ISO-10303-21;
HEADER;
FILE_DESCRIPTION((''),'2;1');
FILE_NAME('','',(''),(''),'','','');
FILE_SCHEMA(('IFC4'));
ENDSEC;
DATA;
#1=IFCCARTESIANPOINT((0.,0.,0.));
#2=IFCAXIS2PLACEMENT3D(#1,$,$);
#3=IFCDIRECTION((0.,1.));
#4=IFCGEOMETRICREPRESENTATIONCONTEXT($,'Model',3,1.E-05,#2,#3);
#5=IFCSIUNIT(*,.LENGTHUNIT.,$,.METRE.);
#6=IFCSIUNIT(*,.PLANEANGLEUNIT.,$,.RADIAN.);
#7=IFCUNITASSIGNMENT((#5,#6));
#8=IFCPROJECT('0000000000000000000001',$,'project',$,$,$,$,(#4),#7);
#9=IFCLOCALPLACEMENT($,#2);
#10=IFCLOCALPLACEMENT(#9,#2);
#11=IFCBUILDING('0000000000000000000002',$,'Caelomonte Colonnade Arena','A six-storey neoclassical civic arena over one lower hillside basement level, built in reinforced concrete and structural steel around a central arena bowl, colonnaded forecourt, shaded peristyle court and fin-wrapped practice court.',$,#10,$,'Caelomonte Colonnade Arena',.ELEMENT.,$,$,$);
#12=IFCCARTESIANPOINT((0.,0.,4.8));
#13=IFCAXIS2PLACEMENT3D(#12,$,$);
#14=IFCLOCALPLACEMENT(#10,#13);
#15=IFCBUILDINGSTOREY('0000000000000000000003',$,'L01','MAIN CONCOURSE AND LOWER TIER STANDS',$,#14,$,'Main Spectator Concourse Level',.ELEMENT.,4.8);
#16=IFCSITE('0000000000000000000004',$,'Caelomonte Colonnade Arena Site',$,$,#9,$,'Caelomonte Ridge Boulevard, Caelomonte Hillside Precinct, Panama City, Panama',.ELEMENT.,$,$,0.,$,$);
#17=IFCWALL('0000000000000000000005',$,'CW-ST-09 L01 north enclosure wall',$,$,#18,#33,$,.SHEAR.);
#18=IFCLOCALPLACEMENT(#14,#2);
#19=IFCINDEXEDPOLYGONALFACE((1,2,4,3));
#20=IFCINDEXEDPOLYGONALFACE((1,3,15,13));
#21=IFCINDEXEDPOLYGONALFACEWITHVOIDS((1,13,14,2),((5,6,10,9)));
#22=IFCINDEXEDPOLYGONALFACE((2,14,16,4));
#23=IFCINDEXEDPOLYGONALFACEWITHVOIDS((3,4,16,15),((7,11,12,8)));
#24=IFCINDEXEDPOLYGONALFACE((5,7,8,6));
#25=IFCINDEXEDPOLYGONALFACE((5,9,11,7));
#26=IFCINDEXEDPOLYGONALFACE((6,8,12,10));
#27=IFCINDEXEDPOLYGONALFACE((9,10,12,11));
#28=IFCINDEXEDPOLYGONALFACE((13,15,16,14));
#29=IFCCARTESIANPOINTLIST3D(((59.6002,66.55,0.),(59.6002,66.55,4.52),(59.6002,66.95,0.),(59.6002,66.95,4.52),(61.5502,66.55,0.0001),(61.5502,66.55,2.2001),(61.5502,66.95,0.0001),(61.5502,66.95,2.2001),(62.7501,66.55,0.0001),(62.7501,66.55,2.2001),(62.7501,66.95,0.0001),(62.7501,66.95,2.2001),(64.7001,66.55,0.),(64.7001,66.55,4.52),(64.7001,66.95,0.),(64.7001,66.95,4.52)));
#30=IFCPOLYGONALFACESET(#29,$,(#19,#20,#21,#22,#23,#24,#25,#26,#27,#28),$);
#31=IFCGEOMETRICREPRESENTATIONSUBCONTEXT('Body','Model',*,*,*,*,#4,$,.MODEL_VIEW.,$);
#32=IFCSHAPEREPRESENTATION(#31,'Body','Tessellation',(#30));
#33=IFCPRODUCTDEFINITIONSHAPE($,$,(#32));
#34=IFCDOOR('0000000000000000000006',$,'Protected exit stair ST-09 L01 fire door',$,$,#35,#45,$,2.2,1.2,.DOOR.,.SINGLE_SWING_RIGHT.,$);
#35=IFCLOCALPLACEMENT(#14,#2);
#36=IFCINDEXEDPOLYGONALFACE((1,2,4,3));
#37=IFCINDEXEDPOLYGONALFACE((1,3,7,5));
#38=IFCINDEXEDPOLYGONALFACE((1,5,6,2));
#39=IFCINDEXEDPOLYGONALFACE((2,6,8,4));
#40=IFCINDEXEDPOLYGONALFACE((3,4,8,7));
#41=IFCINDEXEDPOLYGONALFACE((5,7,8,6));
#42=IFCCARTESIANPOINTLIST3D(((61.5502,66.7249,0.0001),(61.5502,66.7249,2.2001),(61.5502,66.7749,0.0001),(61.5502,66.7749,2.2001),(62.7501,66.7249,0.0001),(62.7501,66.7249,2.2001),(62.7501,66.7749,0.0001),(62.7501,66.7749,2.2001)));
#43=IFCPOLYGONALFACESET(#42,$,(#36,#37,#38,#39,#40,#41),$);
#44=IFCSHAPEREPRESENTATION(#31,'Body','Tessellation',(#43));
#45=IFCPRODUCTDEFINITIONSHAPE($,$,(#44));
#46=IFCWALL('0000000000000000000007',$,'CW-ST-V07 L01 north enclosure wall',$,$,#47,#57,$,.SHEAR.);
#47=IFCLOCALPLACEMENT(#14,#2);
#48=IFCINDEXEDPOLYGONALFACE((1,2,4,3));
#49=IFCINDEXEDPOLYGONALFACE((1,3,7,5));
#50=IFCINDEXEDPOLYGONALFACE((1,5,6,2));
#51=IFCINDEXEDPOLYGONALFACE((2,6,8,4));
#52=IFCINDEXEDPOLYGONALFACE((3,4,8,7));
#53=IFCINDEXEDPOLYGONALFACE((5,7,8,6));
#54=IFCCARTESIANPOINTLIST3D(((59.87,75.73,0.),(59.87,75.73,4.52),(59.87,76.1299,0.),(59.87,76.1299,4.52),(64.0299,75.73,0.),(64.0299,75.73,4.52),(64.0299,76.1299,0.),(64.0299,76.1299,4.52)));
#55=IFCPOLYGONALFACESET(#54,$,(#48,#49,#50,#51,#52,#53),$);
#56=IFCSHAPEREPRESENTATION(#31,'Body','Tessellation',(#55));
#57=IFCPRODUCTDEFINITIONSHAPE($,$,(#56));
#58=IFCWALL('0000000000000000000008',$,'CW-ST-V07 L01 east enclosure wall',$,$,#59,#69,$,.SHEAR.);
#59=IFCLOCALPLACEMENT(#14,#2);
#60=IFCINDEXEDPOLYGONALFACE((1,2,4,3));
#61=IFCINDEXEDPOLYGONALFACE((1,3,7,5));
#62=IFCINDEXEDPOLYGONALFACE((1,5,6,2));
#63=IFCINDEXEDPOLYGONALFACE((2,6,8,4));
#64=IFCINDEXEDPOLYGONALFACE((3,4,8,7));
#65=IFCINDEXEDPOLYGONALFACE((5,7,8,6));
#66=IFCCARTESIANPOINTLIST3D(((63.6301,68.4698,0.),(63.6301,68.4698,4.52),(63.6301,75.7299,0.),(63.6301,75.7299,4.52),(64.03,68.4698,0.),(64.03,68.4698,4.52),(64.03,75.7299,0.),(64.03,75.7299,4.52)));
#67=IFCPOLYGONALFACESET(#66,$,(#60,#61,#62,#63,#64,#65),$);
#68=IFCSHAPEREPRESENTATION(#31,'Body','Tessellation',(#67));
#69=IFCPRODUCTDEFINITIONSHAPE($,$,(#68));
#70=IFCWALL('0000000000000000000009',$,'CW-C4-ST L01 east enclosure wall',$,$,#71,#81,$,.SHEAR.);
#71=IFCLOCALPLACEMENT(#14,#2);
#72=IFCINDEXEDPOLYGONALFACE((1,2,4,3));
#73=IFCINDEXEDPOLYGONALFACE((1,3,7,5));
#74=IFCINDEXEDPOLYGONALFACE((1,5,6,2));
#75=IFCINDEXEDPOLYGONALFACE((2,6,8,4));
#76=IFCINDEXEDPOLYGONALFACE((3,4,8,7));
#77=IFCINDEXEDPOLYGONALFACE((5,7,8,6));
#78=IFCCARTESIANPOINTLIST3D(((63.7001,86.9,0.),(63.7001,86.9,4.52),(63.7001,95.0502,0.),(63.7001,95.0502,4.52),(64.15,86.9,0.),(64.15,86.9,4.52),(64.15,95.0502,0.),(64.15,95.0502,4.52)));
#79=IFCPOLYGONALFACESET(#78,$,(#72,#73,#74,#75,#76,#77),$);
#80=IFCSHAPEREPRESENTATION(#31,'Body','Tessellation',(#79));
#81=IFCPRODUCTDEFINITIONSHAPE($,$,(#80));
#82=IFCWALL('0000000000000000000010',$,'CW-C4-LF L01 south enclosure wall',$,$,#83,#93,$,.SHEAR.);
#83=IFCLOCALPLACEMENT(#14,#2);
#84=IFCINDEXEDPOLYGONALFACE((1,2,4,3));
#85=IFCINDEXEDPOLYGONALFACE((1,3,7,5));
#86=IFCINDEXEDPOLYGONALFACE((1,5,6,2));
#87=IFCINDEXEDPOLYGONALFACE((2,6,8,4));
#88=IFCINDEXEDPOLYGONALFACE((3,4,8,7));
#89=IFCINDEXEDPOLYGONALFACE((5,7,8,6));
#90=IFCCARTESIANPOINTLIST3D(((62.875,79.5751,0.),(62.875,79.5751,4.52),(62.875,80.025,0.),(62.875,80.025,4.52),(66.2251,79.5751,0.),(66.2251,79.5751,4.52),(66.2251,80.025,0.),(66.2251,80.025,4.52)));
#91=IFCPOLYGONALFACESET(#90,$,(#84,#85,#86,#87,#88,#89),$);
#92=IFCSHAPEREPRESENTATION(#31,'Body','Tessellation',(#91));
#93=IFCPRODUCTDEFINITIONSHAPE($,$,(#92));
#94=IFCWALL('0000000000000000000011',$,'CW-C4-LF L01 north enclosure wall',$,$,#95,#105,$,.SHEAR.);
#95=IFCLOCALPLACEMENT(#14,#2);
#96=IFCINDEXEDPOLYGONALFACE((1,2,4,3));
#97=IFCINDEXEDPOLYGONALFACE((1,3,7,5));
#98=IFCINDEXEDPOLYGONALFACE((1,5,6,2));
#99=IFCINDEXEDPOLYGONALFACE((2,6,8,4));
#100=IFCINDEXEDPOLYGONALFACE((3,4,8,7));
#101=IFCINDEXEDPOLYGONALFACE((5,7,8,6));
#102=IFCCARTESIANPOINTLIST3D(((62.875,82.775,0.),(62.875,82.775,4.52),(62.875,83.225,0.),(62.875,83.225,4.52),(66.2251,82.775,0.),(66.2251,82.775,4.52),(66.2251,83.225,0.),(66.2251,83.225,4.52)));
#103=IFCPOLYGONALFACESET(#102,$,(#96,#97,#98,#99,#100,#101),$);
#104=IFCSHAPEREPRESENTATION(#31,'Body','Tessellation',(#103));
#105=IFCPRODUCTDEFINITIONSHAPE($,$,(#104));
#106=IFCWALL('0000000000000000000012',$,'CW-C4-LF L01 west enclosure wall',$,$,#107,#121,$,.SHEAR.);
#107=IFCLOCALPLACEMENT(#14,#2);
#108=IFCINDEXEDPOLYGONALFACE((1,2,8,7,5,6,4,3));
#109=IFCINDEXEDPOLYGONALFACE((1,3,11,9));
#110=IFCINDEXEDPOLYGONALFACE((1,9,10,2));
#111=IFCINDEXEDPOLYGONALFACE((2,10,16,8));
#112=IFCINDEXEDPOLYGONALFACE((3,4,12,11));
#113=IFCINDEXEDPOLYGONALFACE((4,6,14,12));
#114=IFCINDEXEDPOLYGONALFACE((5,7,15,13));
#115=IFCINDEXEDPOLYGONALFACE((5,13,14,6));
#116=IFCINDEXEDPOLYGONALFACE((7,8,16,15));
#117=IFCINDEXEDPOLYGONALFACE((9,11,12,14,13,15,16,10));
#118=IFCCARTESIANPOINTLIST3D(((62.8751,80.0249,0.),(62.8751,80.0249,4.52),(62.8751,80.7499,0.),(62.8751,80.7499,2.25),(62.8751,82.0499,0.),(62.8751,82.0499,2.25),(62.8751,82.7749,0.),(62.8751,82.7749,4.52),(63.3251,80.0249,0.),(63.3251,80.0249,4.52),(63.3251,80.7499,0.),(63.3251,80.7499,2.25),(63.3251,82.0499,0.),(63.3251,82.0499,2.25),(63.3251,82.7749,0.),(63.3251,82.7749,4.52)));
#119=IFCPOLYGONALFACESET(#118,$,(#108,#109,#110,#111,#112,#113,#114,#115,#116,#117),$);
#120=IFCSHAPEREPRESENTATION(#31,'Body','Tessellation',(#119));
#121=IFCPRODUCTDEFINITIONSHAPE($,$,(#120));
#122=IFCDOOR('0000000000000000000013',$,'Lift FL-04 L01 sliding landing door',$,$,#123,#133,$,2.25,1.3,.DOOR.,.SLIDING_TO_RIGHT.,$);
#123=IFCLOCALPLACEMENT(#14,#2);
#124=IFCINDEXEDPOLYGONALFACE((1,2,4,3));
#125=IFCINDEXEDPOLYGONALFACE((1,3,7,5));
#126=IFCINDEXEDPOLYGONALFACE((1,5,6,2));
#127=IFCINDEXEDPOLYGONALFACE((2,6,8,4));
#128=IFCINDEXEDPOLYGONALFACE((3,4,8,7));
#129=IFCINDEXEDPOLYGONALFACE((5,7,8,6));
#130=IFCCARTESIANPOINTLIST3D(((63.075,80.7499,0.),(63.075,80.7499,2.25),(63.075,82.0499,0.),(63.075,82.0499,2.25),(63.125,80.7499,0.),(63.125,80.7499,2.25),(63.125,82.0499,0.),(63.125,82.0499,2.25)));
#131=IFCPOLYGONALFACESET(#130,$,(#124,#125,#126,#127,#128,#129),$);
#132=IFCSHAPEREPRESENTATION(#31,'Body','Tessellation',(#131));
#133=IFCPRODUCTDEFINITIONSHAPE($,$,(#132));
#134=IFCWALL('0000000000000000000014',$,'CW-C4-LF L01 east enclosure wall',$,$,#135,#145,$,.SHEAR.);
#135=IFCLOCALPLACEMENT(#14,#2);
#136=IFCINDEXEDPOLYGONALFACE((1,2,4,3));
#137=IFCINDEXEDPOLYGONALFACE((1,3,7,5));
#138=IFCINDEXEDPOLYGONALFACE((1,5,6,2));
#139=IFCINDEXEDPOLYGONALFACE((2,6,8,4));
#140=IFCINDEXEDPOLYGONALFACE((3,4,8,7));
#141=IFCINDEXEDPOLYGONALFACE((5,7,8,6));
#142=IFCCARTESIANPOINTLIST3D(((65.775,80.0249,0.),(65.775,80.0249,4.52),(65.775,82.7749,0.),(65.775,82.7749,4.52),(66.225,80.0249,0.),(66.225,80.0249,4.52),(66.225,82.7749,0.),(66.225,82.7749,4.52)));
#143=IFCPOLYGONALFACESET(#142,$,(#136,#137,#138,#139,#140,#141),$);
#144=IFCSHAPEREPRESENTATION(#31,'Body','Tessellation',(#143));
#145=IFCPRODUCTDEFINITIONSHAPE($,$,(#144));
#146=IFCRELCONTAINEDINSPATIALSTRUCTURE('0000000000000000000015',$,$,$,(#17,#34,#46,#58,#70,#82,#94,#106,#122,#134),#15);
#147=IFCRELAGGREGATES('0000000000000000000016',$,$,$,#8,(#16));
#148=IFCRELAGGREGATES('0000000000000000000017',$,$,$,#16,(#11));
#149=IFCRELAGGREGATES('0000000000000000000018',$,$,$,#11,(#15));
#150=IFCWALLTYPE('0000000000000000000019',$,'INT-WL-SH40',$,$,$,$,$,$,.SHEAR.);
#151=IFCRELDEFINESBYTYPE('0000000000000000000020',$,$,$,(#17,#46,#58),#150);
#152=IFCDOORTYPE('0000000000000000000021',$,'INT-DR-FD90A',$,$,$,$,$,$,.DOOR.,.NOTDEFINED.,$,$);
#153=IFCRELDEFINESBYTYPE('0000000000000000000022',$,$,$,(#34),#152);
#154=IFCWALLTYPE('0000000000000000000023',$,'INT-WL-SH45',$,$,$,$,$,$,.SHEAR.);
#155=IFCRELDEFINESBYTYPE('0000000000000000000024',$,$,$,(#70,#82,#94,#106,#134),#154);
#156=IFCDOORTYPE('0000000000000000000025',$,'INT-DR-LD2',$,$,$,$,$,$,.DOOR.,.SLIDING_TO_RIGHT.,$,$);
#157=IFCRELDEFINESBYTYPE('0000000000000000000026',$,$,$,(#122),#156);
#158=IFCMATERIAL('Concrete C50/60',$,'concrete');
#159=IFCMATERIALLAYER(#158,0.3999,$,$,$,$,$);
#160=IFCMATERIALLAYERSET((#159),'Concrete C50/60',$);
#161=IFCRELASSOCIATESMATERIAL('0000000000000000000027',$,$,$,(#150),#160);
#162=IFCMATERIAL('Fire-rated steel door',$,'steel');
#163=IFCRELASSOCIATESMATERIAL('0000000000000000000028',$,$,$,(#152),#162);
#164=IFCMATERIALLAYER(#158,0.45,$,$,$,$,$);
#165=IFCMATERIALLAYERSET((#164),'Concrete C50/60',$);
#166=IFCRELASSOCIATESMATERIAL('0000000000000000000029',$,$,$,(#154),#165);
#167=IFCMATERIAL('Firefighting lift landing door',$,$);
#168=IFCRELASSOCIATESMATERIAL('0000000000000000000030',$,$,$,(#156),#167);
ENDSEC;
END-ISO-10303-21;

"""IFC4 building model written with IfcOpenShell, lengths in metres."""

from ifc_helpers import new_model, si_unit, direction, frame, frame_2d, origin, place, context, subcontext, project, spatial, rectangle, extrude, material, layer, layer_set, type_object, element, fill, save


model = new_model("IFC4")

# Units and contexts
model_context = context("Model", 3, precision=1e-05, world=origin(), true_north=direction((0.0, 1.0)))
body_context = subcontext(model_context, "Body", "Model", "MODEL_VIEW")
ifc_project = project(units=[si_unit("LENGTHUNIT", "METRE"), si_unit("PLANEANGLEUNIT", "RADIAN")], contexts=[model_context])

# Site, building, storey
site_placement = place(None, origin())
site = spatial("IfcSite", under=ifc_project, at=site_placement, Name="Caelomonte Colonnade Arena Site", LongName="Caelomonte Ridge Boulevard, Caelomonte Hillside Precinct, Panama City, Panama", CompositionType="ELEMENT", RefElevation=0.0)
building_placement = place(site_placement, origin())
building = spatial("IfcBuilding", under=site, at=building_placement, Name="Caelomonte Colonnade Arena", Description="A six-storey neoclassical civic arena over one lower hillside basement level, built in reinforced concrete and structural steel around a central arena bowl, colonnaded forecourt, shaded peristyle court and fin-wrapped practice court.", LongName="Caelomonte Colonnade Arena", CompositionType="ELEMENT")
storey_placement = place(building_placement, frame((0.0, 0.0, 4.8)))
storey = spatial("IfcBuildingStorey", under=building, at=storey_placement, Name="L01", Description="MAIN CONCOURSE AND LOWER TIER STANDS", LongName="Main Spectator Concourse Level", CompositionType="ELEMENT", Elevation=4.8)

# Shared definitions
ifc_material_1 = material(Name="Concrete C50/60", Category="concrete")

# Wall, opening, door
ifc_layer_1 = layer(ifc_material_1, 0.3999)
ifc_layer_set_1 = layer_set([ifc_layer_1], Name="Concrete C50/60")
wall_type_1 = type_object("IfcWallType", Name="INT-WL-SH40", PredefinedType="SHEAR", material=ifc_layer_set_1)
wall_1_placement = place(storey_placement, frame((64.7, 66.75, 0.0), z_axis=(0.0, 0.0, 1.0), x_axis=(-1.0, 0.0, 0.0)))
wall_1 = element("IfcWall", 1, at=wall_1_placement, inside=storey, type_object=wall_type_1, Name="CW-ST-09 L01 north enclosure wall", PredefinedType="SHEAR", context=body_context, shape_type="SweptSolid", body=[
    extrude(rectangle(XDim=5.0999, YDim=0.3999, at=frame_2d((2.5498, 0.0))), origin(), (0.0, 0.0, 1.0), 4.52),
])
opening_1_placement = place(wall_1_placement, frame((3.1499, 0.0, 0.0), z_axis=(0.0, 0.0, 1.0), x_axis=(-1.0, 0.0, 0.0)))
opening_1 = element("IfcOpeningElement", 2, at=opening_1_placement, cuts=wall_1, PredefinedType="OPENING", context=body_context, shape_type="SweptSolid", body=[
    extrude(rectangle(XDim=1.2, YDim=2.2, at=frame_2d((0.6001, 1.1001))), frame((0.0, 0.21, 0.0), z_axis=(0.0, -1.0, 0.0), x_axis=(1.0, 0.0, 0.0)), (0.0, 0.0, 1.0), 0.4199),
])
ifc_material_2 = material(Name="Fire-rated steel door", Category="steel")
door_type_1 = type_object("IfcDoorType", Name="INT-DR-FD90A", OperationType="NOTDEFINED", PredefinedType="DOOR", material=ifc_material_2)
door_1_placement = place(opening_1_placement, origin())
door_1 = element("IfcDoor", 3, at=door_1_placement, inside=storey, type_object=door_type_1, Name="Protected exit stair ST-09 L01 fire door", OperationType="SINGLE_SWING_RIGHT", OverallHeight=2.2, OverallWidth=1.2, PredefinedType="DOOR", context=body_context, shape_type="SweptSolid", body=[
    extrude(rectangle(XDim=1.2, YDim=2.2, at=frame_2d((0.6001, 1.1001))), frame((0.0, 0.0249, 0.0), z_axis=(0.0, -1.0, 0.0), x_axis=(1.0, 0.0, 0.0)), (0.0, 0.0, 1.0), 0.05),
])
fill(opening_1, door_1)

# Walls
wall_2_placement = place(storey_placement, frame((64.03, 75.9299, 0.0), z_axis=(0.0, 0.0, 1.0), x_axis=(-1.0, 0.0, 0.0)))
element("IfcWall", 4, at=wall_2_placement, inside=storey, type_object=wall_type_1, Name="CW-ST-V07 L01 north enclosure wall", PredefinedType="SHEAR", context=body_context, shape_type="SweptSolid", body=[
    extrude(rectangle(XDim=4.1599, YDim=0.3999, at=frame_2d((2.0801, 0.0))), origin(), (0.0, 0.0, 1.0), 4.52),
])
wall_3_placement = place(storey_placement, frame((63.8301, 68.47, 0.0), z_axis=(0.0, 0.0, 1.0), x_axis=(0.0, 1.0, 0.0)))
element("IfcWall", 5, at=wall_3_placement, inside=storey, type_object=wall_type_1, Name="CW-ST-V07 L01 east enclosure wall", PredefinedType="SHEAR", context=body_context, shape_type="SweptSolid", body=[
    extrude(rectangle(XDim=7.26, YDim=0.3999, at=frame_2d((3.6299, 0.0))), origin(), (0.0, 0.0, 1.0), 4.52),
])
ifc_layer_2 = layer(ifc_material_1, 0.45)
ifc_layer_set_2 = layer_set([ifc_layer_2], Name="Concrete C50/60")
wall_type_2 = type_object("IfcWallType", Name="INT-WL-SH45", PredefinedType="SHEAR", material=ifc_layer_set_2)
wall_4_placement = place(storey_placement, frame((63.925, 86.8999, 0.0), z_axis=(0.0, 0.0, 1.0), x_axis=(0.0, 1.0, 0.0)))
element("IfcWall", 6, at=wall_4_placement, inside=storey, type_object=wall_type_2, Name="CW-C4-ST L01 east enclosure wall", PredefinedType="SHEAR", context=body_context, shape_type="SweptSolid", body=[
    extrude(rectangle(XDim=8.1501, YDim=0.45, at=frame_2d((4.0752, 0.0))), origin(), (0.0, 0.0, 1.0), 4.52),
])
for number, where, z_axis, x_axis, name in (
    (7, (62.875, 79.8, 0.0), (0.0, 0.0, 1.0), (1.0, 0.0, 0.0), "CW-C4-LF L01 south enclosure wall"),
    (8, (66.2251, 83.0, 0.0), (0.0, 0.0, 1.0), (-1.0, 0.0, 0.0), "CW-C4-LF L01 north enclosure wall"),
):
    element("IfcWall", number, at=place(storey_placement, frame(where, z_axis=z_axis, x_axis=x_axis)), inside=storey, type_object=wall_type_2, Name=name, PredefinedType="SHEAR", context=body_context, shape_type="SweptSolid", body=[
        extrude(rectangle(XDim=3.3501, YDim=0.45, at=frame_2d((1.675, 0.0))), origin(), (0.0, 0.0, 1.0), 4.52),
    ])

# Wall, opening, door
wall_5_placement = place(storey_placement, frame((63.1001, 82.7749, 0.0), z_axis=(0.0, 0.0, 1.0), x_axis=(0.0, -1.0, 0.0)))
wall_5 = element("IfcWall", 9, at=wall_5_placement, inside=storey, type_object=wall_type_2, Name="CW-C4-LF L01 west enclosure wall", PredefinedType="SHEAR", context=body_context, shape_type="SweptSolid", body=[
    extrude(rectangle(XDim=2.75, YDim=0.45, at=frame_2d((1.375, 0.0))), origin(), (0.0, 0.0, 1.0), 4.52),
])
opening_2_placement = place(wall_5_placement, frame((0.7251, 0.0, 0.0), z_axis=(0.0, 0.0, 1.0), x_axis=(1.0, 0.0, 0.0)))
opening_2 = element("IfcOpeningElement", 10, at=opening_2_placement, cuts=wall_5, PredefinedType="OPENING", context=body_context, shape_type="SweptSolid", body=[
    extrude(rectangle(XDim=1.3, YDim=2.25, at=frame_2d((0.6499, 1.125))), frame((0.0, 0.2349, 0.0), z_axis=(0.0, -1.0, 0.0), x_axis=(1.0, 0.0, 0.0)), (0.0, 0.0, 1.0), 0.47),
])
ifc_material_3 = material(Name="Firefighting lift landing door")
door_type_2 = type_object("IfcDoorType", Name="INT-DR-LD2", OperationType="SLIDING_TO_RIGHT", PredefinedType="DOOR", material=ifc_material_3)
door_2_placement = place(opening_2_placement, origin())
door_2 = element("IfcDoor", 11, at=door_2_placement, inside=storey, type_object=door_type_2, Name="Lift FL-04 L01 sliding landing door", OperationType="SLIDING_TO_RIGHT", OverallHeight=2.25, OverallWidth=1.3, PredefinedType="DOOR", context=body_context, shape_type="SweptSolid", body=[
    extrude(rectangle(XDim=1.3, YDim=2.25, at=frame_2d((0.6499, 1.125))), frame((0.0, 0.0249, 0.0), z_axis=(0.0, -1.0, 0.0), x_axis=(1.0, 0.0, 0.0)), (0.0, 0.0, 1.0), 0.05),
])
fill(opening_2, door_2)

# Wall
wall_6_placement = place(storey_placement, frame((66.0, 80.0249, 0.0), z_axis=(0.0, 0.0, 1.0), x_axis=(0.0, 1.0, 0.0)))
element("IfcWall", 12, at=wall_6_placement, inside=storey, type_object=wall_type_2, Name="CW-C4-LF L01 east enclosure wall", PredefinedType="SHEAR", context=body_context, shape_type="SweptSolid", body=[
    extrude(rectangle(XDim=2.75, YDim=0.45, at=frame_2d((1.375, 0.0))), origin(), (0.0, 0.0, 1.0), 4.52),
])

save(model, "model.ifc")
